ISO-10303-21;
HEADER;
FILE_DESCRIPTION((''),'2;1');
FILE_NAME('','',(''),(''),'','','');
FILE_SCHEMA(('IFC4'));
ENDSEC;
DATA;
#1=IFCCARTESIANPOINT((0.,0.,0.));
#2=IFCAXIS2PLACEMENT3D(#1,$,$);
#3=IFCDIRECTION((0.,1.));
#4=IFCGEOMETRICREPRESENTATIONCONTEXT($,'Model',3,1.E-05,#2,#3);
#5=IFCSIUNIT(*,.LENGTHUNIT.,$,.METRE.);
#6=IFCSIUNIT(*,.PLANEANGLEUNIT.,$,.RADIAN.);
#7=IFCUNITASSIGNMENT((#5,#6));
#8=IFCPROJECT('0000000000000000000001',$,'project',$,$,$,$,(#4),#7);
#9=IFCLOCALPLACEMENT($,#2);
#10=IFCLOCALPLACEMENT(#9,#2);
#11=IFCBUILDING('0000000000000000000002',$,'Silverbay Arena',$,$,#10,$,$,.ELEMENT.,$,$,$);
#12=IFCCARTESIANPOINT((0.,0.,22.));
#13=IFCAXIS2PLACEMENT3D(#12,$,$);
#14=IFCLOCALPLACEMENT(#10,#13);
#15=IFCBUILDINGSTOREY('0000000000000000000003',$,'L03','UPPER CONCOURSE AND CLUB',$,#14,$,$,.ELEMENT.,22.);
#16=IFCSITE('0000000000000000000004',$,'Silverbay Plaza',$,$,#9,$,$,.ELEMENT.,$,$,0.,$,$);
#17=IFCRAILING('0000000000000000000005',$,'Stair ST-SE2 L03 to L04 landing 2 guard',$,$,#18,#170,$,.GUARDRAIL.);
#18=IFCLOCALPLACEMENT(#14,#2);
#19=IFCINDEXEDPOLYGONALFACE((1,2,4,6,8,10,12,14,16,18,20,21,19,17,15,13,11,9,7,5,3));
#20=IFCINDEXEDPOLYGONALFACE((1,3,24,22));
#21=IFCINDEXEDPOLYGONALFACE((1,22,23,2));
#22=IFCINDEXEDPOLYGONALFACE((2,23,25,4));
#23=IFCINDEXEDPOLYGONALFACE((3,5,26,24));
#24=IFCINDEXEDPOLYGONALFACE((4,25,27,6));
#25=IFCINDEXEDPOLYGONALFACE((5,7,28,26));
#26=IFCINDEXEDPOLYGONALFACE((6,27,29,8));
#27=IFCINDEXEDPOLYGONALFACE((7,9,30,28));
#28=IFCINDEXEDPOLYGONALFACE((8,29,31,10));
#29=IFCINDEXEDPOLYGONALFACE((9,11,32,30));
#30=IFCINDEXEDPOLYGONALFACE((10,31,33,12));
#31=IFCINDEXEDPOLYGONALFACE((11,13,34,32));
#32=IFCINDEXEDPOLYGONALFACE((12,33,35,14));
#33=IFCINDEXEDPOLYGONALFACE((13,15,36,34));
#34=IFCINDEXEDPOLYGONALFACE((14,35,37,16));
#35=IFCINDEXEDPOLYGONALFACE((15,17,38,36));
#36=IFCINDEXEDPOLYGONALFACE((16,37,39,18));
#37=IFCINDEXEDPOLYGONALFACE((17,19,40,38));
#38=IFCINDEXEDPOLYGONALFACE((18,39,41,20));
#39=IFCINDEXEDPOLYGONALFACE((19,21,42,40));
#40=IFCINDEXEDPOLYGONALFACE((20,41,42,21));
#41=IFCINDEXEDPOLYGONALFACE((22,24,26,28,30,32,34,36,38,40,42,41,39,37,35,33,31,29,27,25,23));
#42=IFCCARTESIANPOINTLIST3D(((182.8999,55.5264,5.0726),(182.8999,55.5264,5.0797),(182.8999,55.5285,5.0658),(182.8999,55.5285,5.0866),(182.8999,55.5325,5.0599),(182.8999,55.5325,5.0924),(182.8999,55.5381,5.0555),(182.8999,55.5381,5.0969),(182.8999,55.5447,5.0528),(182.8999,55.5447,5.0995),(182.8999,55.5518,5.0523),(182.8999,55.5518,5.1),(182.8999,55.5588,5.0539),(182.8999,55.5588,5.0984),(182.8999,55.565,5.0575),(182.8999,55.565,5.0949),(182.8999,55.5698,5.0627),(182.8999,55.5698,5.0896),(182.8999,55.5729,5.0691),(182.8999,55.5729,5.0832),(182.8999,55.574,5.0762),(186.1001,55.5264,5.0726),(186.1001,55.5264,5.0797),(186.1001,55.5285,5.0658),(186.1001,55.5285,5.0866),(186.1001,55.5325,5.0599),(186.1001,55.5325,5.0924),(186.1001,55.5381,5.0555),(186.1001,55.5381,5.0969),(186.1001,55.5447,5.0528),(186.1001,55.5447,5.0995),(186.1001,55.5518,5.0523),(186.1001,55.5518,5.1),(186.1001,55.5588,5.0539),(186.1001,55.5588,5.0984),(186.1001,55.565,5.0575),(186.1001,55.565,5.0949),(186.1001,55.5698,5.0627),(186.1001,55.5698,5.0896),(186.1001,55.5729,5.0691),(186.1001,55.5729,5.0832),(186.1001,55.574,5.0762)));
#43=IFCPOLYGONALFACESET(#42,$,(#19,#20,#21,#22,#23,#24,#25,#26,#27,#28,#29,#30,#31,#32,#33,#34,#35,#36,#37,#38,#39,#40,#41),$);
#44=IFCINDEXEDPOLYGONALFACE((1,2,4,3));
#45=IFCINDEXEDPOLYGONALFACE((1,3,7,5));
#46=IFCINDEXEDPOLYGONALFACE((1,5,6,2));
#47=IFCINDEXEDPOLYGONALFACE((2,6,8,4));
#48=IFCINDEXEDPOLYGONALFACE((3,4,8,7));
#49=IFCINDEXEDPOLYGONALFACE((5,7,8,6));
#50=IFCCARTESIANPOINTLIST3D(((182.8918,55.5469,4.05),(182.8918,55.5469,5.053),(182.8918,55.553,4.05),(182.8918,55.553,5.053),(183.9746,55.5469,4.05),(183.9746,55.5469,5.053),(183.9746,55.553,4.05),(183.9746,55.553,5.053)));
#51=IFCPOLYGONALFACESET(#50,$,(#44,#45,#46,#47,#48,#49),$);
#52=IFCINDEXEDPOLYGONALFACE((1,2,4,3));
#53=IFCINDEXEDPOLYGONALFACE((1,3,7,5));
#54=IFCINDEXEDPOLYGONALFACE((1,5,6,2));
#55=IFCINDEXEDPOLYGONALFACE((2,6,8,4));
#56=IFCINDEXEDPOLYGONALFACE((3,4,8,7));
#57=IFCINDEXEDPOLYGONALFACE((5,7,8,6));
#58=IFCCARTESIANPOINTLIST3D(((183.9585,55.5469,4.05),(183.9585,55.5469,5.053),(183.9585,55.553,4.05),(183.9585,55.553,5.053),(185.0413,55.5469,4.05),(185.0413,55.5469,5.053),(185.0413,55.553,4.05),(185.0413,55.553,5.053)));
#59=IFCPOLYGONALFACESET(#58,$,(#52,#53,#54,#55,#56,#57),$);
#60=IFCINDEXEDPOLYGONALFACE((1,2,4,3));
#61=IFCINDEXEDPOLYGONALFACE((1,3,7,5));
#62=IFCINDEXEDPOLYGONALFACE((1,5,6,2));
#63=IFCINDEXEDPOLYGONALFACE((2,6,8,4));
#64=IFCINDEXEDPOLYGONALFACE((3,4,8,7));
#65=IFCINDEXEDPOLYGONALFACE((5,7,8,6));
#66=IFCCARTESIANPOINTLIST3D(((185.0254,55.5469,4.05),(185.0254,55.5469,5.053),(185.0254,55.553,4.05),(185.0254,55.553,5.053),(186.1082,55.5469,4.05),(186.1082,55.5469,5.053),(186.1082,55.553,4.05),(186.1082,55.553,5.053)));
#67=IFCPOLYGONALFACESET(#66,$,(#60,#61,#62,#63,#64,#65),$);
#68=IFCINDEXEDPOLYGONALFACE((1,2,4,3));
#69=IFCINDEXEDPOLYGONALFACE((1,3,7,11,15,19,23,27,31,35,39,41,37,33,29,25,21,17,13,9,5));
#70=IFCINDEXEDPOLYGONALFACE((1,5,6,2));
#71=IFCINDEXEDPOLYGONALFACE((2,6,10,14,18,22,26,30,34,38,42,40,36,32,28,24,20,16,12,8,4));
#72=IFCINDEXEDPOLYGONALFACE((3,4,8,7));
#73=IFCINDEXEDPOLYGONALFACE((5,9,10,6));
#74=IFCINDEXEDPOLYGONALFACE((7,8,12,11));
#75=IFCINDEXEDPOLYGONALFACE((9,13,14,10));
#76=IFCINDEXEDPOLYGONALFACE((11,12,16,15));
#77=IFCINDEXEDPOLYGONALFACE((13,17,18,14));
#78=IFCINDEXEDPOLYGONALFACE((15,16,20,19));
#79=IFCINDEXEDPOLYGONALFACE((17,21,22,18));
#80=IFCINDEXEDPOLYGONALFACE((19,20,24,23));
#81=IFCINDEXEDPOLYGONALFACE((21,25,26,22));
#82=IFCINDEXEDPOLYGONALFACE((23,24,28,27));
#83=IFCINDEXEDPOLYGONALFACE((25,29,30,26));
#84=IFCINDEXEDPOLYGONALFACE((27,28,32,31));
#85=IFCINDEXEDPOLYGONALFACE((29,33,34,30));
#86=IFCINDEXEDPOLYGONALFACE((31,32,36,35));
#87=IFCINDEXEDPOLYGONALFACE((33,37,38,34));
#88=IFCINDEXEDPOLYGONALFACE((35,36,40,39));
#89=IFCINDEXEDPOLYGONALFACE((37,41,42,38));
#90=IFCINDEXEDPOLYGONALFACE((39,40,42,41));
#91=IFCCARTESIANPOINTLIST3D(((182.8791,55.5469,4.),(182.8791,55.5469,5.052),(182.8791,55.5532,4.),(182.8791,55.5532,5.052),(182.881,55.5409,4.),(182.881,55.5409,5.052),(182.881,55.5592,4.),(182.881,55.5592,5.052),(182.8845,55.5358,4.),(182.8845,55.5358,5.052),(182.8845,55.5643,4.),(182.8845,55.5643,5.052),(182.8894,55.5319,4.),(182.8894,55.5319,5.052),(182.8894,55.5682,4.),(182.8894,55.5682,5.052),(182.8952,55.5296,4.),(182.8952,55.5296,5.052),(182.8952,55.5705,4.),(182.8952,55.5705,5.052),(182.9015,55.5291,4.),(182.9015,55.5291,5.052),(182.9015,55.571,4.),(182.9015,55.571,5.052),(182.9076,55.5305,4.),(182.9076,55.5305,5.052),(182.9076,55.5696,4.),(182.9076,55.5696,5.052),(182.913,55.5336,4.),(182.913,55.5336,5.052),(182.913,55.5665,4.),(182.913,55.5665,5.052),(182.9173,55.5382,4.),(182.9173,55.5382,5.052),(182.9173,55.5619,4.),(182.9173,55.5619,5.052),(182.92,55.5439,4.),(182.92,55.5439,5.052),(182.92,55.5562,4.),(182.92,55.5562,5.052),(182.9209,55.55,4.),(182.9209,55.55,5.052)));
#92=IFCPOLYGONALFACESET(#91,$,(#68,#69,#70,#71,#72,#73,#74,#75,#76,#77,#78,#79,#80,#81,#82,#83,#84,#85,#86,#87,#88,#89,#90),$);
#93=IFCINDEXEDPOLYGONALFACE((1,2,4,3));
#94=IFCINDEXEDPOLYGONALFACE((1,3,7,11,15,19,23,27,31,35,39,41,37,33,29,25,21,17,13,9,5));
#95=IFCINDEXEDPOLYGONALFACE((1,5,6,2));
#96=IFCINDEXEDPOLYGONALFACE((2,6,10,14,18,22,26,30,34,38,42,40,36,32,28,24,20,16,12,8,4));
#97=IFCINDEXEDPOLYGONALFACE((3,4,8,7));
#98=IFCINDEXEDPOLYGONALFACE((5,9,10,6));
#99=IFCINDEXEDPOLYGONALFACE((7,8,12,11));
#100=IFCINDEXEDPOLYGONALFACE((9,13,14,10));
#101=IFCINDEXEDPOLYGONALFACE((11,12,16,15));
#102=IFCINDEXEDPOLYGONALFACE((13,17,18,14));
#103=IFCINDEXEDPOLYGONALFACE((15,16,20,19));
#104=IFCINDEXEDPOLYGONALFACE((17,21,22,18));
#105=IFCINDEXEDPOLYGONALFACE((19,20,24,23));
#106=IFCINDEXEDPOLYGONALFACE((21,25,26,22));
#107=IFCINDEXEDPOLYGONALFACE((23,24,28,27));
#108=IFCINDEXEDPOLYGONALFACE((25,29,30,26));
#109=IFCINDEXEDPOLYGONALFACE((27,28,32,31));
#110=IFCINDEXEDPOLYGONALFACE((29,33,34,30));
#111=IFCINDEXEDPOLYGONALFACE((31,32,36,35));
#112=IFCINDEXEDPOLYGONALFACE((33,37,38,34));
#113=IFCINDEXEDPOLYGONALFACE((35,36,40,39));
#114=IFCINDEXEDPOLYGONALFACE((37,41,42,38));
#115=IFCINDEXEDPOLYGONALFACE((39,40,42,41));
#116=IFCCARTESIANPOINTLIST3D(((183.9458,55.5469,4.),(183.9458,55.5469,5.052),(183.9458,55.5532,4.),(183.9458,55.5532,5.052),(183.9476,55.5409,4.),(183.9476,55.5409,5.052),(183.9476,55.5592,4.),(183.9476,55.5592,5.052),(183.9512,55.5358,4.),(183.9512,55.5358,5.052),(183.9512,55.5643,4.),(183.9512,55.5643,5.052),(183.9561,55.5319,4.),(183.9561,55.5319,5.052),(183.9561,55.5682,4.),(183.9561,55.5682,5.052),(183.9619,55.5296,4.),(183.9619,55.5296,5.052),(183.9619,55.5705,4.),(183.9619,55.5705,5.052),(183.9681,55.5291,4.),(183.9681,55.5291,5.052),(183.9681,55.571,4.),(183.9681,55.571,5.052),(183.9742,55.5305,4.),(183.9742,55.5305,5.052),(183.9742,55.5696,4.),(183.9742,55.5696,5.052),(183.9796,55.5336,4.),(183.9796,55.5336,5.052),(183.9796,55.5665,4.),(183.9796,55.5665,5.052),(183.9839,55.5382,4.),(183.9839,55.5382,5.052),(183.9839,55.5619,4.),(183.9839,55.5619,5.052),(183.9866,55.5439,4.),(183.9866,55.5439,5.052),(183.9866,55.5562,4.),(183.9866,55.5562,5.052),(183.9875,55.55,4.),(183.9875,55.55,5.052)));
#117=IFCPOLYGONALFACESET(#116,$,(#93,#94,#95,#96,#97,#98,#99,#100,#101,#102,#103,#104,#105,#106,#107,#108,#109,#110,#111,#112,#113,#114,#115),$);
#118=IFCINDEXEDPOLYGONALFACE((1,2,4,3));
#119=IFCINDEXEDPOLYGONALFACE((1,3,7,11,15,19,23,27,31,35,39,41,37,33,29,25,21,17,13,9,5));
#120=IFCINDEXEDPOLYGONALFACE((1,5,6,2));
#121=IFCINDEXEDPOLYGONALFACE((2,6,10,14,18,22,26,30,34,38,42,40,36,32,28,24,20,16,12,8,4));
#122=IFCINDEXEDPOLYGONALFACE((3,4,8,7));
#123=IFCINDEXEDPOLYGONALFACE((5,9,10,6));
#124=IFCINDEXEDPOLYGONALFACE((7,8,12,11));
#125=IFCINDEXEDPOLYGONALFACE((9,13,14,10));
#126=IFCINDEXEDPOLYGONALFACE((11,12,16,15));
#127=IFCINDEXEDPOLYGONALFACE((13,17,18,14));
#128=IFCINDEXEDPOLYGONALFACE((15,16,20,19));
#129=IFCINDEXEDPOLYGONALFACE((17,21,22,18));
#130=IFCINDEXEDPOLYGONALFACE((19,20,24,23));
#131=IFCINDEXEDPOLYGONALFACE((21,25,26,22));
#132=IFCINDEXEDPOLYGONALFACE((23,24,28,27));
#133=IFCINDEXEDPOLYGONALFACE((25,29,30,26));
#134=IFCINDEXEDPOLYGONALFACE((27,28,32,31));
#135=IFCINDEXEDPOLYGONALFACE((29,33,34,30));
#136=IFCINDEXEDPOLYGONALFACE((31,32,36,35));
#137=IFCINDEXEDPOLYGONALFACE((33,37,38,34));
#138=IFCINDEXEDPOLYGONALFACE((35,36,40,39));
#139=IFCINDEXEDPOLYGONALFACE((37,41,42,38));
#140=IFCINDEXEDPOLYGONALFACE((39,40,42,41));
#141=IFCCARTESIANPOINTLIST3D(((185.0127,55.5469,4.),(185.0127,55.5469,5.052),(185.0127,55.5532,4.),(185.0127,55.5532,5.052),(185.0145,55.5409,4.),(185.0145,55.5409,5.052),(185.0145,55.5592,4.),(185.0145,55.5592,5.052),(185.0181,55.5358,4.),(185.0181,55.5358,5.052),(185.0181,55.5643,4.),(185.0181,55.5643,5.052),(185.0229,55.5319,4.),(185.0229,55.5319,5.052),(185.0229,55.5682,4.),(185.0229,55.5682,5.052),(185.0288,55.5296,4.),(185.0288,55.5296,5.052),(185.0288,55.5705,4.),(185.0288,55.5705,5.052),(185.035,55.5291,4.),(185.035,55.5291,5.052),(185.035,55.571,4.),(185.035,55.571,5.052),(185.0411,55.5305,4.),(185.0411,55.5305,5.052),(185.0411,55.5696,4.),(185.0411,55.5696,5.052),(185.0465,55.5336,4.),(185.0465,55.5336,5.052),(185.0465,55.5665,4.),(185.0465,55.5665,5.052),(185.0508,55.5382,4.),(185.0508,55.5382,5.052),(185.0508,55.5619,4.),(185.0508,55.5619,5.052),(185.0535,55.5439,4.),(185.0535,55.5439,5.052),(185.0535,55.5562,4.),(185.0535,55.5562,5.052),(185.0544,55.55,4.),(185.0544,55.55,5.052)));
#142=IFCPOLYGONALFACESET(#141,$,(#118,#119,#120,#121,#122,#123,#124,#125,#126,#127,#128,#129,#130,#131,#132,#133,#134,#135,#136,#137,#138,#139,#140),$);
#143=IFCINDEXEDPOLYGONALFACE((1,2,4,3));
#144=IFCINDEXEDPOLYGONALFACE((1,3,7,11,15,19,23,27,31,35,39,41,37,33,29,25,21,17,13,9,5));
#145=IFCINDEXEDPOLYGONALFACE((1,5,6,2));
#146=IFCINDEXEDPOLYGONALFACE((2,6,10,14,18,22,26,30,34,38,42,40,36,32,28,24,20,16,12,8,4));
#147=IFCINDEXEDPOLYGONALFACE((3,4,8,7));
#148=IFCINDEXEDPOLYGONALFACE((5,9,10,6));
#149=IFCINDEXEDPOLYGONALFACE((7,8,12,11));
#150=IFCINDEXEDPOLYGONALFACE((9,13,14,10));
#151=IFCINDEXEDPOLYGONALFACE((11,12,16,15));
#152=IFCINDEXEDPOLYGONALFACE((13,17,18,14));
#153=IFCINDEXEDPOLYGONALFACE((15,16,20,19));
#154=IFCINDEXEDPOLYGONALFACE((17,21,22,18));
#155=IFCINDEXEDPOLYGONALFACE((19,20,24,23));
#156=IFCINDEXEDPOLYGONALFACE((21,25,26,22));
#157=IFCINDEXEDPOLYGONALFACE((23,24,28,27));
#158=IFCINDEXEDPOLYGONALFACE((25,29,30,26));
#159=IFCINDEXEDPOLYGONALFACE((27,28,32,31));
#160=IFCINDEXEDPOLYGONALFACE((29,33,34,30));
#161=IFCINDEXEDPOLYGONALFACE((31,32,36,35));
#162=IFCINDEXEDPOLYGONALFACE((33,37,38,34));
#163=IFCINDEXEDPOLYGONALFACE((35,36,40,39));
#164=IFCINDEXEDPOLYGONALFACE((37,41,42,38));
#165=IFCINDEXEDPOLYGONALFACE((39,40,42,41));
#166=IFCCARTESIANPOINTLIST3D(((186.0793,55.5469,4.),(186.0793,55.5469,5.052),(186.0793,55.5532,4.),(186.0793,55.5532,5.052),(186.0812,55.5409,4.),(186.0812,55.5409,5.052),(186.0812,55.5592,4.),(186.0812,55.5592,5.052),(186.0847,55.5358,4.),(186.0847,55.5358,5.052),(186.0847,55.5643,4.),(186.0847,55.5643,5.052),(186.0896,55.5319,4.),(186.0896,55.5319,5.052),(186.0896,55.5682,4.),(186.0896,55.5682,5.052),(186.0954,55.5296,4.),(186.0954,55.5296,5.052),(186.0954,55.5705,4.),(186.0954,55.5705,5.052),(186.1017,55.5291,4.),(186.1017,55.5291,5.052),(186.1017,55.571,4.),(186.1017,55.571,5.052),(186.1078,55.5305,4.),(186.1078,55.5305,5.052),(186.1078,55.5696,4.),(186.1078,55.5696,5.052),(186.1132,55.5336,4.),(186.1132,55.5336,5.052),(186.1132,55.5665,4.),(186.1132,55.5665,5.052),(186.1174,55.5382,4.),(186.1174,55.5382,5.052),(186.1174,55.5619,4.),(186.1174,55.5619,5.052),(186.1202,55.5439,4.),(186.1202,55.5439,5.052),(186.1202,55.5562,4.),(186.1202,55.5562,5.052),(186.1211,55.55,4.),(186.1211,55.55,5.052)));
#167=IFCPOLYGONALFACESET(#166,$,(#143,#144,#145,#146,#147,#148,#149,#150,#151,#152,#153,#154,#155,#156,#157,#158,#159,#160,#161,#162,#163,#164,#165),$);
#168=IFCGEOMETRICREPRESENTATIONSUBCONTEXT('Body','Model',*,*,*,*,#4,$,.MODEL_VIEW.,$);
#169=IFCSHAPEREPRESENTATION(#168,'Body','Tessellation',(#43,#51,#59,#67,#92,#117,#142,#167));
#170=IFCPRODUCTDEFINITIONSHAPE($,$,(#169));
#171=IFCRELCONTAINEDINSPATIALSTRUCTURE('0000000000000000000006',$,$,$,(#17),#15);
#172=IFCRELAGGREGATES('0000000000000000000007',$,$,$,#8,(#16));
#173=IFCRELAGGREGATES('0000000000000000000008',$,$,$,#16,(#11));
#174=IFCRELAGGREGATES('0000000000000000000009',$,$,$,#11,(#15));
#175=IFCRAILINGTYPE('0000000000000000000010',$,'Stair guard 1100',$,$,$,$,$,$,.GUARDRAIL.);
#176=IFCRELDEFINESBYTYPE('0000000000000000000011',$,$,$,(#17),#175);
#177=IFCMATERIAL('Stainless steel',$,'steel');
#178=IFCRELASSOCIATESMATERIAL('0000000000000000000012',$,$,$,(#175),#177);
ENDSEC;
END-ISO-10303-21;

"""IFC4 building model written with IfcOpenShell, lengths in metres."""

from ifc_helpers import new_model, si_unit, direction, frame, origin, origin_2d, place, context, subcontext, project, spatial, polyline, circle, outline, extrude, material, type_object, element, save


model = new_model("IFC4")

# Units and contexts
model_context = context("Model", 3, precision=1e-05, world=origin(), true_north=direction((0.0, 1.0)))
body_context = subcontext(model_context, "Body", "Model", "MODEL_VIEW")
ifc_project = project(units=[si_unit("LENGTHUNIT", "METRE"), si_unit("PLANEANGLEUNIT", "RADIAN")], contexts=[model_context])

# Site, building, storey
site_placement = place(None, origin())
site = spatial("IfcSite", under=ifc_project, at=site_placement, Name="Silverbay Plaza", CompositionType="ELEMENT", RefElevation=0.0)
building_placement = place(site_placement, origin())
building = spatial("IfcBuilding", under=site, at=building_placement, Name="Silverbay Arena", CompositionType="ELEMENT")
storey_placement = place(building_placement, frame((0.0, 0.0, 22.0)))
storey = spatial("IfcBuildingStorey", under=building, at=storey_placement, Name="L03", Description="UPPER CONCOURSE AND CLUB", CompositionType="ELEMENT", Elevation=22.0)

# Railing
ifc_material_1 = material(Name="Stainless steel", Category="steel")
railing_type_1 = type_object("IfcRailingType", Name="Stair guard 1100", PredefinedType="GUARDRAIL", material=ifc_material_1)
for number, where, name in (
    (1, (182.8999, 55.55, 4.0), "Stair ST-SE2 L03 to L04 landing 2 guard"),
):
    element("IfcRailing", number, at=place(storey_placement, frame(where)), inside=storey, type_object=railing_type_1, Name=name, PredefinedType="GUARDRAIL", context=body_context, shape_type="SweptSolid", body=[
        extrude(circle(Radius=0.0239, at=origin_2d()), frame((0.0, 0.0, 1.0762), z_axis=(1.0, 0.0, 0.0), x_axis=(0.0, 1.0, 0.0)), (0.0, 0.0, 1.0), 3.2002),
        extrude(outline(polyline([(-0.0081, 0.05), (1.0747, 0.05), (1.0747, 1.053), (-0.0081, 1.053), (-0.0081, 0.05)])), frame((0.0, 0.0029, 0.0), z_axis=(0.0, -1.0, 0.0), x_axis=(1.0, 0.0, 0.0)), (0.0, 0.0, 1.0), 0.0061),
        extrude(outline(polyline([(-0.0081, 0.05), (1.0747, 0.05), (1.0747, 1.053), (-0.0081, 1.053), (-0.0081, 0.05)])), frame((1.0667, 0.0029, 0.0), z_axis=(0.0, -1.0, 0.0), x_axis=(1.0, 0.0, 0.0)), (0.0, 0.0, 1.0), 0.0061),
        extrude(outline(polyline([(-0.0081, 0.05), (1.0747, 0.05), (1.0747, 1.053), (-0.0081, 1.053), (-0.0081, 0.05)])), frame((2.1335, 0.0029, 0.0), z_axis=(0.0, -1.0, 0.0), x_axis=(1.0, 0.0, 0.0)), (0.0, 0.0, 1.0), 0.0061),
        extrude(circle(Radius=0.021, at=origin_2d()), origin(), (0.0, 0.0, 1.0), 1.052),
        extrude(circle(Radius=0.021, at=origin_2d()), frame((1.0667, 0.0, 0.0)), (0.0, 0.0, 1.0), 1.052),
        extrude(circle(Radius=0.021, at=origin_2d()), frame((2.1335, 0.0, 0.0)), (0.0, 0.0, 1.0), 1.052),
        extrude(circle(Radius=0.021, at=origin_2d()), frame((3.2002, 0.0, 0.0)), (0.0, 0.0, 1.0), 1.052),
    ])

save(model, "model.ifc")
